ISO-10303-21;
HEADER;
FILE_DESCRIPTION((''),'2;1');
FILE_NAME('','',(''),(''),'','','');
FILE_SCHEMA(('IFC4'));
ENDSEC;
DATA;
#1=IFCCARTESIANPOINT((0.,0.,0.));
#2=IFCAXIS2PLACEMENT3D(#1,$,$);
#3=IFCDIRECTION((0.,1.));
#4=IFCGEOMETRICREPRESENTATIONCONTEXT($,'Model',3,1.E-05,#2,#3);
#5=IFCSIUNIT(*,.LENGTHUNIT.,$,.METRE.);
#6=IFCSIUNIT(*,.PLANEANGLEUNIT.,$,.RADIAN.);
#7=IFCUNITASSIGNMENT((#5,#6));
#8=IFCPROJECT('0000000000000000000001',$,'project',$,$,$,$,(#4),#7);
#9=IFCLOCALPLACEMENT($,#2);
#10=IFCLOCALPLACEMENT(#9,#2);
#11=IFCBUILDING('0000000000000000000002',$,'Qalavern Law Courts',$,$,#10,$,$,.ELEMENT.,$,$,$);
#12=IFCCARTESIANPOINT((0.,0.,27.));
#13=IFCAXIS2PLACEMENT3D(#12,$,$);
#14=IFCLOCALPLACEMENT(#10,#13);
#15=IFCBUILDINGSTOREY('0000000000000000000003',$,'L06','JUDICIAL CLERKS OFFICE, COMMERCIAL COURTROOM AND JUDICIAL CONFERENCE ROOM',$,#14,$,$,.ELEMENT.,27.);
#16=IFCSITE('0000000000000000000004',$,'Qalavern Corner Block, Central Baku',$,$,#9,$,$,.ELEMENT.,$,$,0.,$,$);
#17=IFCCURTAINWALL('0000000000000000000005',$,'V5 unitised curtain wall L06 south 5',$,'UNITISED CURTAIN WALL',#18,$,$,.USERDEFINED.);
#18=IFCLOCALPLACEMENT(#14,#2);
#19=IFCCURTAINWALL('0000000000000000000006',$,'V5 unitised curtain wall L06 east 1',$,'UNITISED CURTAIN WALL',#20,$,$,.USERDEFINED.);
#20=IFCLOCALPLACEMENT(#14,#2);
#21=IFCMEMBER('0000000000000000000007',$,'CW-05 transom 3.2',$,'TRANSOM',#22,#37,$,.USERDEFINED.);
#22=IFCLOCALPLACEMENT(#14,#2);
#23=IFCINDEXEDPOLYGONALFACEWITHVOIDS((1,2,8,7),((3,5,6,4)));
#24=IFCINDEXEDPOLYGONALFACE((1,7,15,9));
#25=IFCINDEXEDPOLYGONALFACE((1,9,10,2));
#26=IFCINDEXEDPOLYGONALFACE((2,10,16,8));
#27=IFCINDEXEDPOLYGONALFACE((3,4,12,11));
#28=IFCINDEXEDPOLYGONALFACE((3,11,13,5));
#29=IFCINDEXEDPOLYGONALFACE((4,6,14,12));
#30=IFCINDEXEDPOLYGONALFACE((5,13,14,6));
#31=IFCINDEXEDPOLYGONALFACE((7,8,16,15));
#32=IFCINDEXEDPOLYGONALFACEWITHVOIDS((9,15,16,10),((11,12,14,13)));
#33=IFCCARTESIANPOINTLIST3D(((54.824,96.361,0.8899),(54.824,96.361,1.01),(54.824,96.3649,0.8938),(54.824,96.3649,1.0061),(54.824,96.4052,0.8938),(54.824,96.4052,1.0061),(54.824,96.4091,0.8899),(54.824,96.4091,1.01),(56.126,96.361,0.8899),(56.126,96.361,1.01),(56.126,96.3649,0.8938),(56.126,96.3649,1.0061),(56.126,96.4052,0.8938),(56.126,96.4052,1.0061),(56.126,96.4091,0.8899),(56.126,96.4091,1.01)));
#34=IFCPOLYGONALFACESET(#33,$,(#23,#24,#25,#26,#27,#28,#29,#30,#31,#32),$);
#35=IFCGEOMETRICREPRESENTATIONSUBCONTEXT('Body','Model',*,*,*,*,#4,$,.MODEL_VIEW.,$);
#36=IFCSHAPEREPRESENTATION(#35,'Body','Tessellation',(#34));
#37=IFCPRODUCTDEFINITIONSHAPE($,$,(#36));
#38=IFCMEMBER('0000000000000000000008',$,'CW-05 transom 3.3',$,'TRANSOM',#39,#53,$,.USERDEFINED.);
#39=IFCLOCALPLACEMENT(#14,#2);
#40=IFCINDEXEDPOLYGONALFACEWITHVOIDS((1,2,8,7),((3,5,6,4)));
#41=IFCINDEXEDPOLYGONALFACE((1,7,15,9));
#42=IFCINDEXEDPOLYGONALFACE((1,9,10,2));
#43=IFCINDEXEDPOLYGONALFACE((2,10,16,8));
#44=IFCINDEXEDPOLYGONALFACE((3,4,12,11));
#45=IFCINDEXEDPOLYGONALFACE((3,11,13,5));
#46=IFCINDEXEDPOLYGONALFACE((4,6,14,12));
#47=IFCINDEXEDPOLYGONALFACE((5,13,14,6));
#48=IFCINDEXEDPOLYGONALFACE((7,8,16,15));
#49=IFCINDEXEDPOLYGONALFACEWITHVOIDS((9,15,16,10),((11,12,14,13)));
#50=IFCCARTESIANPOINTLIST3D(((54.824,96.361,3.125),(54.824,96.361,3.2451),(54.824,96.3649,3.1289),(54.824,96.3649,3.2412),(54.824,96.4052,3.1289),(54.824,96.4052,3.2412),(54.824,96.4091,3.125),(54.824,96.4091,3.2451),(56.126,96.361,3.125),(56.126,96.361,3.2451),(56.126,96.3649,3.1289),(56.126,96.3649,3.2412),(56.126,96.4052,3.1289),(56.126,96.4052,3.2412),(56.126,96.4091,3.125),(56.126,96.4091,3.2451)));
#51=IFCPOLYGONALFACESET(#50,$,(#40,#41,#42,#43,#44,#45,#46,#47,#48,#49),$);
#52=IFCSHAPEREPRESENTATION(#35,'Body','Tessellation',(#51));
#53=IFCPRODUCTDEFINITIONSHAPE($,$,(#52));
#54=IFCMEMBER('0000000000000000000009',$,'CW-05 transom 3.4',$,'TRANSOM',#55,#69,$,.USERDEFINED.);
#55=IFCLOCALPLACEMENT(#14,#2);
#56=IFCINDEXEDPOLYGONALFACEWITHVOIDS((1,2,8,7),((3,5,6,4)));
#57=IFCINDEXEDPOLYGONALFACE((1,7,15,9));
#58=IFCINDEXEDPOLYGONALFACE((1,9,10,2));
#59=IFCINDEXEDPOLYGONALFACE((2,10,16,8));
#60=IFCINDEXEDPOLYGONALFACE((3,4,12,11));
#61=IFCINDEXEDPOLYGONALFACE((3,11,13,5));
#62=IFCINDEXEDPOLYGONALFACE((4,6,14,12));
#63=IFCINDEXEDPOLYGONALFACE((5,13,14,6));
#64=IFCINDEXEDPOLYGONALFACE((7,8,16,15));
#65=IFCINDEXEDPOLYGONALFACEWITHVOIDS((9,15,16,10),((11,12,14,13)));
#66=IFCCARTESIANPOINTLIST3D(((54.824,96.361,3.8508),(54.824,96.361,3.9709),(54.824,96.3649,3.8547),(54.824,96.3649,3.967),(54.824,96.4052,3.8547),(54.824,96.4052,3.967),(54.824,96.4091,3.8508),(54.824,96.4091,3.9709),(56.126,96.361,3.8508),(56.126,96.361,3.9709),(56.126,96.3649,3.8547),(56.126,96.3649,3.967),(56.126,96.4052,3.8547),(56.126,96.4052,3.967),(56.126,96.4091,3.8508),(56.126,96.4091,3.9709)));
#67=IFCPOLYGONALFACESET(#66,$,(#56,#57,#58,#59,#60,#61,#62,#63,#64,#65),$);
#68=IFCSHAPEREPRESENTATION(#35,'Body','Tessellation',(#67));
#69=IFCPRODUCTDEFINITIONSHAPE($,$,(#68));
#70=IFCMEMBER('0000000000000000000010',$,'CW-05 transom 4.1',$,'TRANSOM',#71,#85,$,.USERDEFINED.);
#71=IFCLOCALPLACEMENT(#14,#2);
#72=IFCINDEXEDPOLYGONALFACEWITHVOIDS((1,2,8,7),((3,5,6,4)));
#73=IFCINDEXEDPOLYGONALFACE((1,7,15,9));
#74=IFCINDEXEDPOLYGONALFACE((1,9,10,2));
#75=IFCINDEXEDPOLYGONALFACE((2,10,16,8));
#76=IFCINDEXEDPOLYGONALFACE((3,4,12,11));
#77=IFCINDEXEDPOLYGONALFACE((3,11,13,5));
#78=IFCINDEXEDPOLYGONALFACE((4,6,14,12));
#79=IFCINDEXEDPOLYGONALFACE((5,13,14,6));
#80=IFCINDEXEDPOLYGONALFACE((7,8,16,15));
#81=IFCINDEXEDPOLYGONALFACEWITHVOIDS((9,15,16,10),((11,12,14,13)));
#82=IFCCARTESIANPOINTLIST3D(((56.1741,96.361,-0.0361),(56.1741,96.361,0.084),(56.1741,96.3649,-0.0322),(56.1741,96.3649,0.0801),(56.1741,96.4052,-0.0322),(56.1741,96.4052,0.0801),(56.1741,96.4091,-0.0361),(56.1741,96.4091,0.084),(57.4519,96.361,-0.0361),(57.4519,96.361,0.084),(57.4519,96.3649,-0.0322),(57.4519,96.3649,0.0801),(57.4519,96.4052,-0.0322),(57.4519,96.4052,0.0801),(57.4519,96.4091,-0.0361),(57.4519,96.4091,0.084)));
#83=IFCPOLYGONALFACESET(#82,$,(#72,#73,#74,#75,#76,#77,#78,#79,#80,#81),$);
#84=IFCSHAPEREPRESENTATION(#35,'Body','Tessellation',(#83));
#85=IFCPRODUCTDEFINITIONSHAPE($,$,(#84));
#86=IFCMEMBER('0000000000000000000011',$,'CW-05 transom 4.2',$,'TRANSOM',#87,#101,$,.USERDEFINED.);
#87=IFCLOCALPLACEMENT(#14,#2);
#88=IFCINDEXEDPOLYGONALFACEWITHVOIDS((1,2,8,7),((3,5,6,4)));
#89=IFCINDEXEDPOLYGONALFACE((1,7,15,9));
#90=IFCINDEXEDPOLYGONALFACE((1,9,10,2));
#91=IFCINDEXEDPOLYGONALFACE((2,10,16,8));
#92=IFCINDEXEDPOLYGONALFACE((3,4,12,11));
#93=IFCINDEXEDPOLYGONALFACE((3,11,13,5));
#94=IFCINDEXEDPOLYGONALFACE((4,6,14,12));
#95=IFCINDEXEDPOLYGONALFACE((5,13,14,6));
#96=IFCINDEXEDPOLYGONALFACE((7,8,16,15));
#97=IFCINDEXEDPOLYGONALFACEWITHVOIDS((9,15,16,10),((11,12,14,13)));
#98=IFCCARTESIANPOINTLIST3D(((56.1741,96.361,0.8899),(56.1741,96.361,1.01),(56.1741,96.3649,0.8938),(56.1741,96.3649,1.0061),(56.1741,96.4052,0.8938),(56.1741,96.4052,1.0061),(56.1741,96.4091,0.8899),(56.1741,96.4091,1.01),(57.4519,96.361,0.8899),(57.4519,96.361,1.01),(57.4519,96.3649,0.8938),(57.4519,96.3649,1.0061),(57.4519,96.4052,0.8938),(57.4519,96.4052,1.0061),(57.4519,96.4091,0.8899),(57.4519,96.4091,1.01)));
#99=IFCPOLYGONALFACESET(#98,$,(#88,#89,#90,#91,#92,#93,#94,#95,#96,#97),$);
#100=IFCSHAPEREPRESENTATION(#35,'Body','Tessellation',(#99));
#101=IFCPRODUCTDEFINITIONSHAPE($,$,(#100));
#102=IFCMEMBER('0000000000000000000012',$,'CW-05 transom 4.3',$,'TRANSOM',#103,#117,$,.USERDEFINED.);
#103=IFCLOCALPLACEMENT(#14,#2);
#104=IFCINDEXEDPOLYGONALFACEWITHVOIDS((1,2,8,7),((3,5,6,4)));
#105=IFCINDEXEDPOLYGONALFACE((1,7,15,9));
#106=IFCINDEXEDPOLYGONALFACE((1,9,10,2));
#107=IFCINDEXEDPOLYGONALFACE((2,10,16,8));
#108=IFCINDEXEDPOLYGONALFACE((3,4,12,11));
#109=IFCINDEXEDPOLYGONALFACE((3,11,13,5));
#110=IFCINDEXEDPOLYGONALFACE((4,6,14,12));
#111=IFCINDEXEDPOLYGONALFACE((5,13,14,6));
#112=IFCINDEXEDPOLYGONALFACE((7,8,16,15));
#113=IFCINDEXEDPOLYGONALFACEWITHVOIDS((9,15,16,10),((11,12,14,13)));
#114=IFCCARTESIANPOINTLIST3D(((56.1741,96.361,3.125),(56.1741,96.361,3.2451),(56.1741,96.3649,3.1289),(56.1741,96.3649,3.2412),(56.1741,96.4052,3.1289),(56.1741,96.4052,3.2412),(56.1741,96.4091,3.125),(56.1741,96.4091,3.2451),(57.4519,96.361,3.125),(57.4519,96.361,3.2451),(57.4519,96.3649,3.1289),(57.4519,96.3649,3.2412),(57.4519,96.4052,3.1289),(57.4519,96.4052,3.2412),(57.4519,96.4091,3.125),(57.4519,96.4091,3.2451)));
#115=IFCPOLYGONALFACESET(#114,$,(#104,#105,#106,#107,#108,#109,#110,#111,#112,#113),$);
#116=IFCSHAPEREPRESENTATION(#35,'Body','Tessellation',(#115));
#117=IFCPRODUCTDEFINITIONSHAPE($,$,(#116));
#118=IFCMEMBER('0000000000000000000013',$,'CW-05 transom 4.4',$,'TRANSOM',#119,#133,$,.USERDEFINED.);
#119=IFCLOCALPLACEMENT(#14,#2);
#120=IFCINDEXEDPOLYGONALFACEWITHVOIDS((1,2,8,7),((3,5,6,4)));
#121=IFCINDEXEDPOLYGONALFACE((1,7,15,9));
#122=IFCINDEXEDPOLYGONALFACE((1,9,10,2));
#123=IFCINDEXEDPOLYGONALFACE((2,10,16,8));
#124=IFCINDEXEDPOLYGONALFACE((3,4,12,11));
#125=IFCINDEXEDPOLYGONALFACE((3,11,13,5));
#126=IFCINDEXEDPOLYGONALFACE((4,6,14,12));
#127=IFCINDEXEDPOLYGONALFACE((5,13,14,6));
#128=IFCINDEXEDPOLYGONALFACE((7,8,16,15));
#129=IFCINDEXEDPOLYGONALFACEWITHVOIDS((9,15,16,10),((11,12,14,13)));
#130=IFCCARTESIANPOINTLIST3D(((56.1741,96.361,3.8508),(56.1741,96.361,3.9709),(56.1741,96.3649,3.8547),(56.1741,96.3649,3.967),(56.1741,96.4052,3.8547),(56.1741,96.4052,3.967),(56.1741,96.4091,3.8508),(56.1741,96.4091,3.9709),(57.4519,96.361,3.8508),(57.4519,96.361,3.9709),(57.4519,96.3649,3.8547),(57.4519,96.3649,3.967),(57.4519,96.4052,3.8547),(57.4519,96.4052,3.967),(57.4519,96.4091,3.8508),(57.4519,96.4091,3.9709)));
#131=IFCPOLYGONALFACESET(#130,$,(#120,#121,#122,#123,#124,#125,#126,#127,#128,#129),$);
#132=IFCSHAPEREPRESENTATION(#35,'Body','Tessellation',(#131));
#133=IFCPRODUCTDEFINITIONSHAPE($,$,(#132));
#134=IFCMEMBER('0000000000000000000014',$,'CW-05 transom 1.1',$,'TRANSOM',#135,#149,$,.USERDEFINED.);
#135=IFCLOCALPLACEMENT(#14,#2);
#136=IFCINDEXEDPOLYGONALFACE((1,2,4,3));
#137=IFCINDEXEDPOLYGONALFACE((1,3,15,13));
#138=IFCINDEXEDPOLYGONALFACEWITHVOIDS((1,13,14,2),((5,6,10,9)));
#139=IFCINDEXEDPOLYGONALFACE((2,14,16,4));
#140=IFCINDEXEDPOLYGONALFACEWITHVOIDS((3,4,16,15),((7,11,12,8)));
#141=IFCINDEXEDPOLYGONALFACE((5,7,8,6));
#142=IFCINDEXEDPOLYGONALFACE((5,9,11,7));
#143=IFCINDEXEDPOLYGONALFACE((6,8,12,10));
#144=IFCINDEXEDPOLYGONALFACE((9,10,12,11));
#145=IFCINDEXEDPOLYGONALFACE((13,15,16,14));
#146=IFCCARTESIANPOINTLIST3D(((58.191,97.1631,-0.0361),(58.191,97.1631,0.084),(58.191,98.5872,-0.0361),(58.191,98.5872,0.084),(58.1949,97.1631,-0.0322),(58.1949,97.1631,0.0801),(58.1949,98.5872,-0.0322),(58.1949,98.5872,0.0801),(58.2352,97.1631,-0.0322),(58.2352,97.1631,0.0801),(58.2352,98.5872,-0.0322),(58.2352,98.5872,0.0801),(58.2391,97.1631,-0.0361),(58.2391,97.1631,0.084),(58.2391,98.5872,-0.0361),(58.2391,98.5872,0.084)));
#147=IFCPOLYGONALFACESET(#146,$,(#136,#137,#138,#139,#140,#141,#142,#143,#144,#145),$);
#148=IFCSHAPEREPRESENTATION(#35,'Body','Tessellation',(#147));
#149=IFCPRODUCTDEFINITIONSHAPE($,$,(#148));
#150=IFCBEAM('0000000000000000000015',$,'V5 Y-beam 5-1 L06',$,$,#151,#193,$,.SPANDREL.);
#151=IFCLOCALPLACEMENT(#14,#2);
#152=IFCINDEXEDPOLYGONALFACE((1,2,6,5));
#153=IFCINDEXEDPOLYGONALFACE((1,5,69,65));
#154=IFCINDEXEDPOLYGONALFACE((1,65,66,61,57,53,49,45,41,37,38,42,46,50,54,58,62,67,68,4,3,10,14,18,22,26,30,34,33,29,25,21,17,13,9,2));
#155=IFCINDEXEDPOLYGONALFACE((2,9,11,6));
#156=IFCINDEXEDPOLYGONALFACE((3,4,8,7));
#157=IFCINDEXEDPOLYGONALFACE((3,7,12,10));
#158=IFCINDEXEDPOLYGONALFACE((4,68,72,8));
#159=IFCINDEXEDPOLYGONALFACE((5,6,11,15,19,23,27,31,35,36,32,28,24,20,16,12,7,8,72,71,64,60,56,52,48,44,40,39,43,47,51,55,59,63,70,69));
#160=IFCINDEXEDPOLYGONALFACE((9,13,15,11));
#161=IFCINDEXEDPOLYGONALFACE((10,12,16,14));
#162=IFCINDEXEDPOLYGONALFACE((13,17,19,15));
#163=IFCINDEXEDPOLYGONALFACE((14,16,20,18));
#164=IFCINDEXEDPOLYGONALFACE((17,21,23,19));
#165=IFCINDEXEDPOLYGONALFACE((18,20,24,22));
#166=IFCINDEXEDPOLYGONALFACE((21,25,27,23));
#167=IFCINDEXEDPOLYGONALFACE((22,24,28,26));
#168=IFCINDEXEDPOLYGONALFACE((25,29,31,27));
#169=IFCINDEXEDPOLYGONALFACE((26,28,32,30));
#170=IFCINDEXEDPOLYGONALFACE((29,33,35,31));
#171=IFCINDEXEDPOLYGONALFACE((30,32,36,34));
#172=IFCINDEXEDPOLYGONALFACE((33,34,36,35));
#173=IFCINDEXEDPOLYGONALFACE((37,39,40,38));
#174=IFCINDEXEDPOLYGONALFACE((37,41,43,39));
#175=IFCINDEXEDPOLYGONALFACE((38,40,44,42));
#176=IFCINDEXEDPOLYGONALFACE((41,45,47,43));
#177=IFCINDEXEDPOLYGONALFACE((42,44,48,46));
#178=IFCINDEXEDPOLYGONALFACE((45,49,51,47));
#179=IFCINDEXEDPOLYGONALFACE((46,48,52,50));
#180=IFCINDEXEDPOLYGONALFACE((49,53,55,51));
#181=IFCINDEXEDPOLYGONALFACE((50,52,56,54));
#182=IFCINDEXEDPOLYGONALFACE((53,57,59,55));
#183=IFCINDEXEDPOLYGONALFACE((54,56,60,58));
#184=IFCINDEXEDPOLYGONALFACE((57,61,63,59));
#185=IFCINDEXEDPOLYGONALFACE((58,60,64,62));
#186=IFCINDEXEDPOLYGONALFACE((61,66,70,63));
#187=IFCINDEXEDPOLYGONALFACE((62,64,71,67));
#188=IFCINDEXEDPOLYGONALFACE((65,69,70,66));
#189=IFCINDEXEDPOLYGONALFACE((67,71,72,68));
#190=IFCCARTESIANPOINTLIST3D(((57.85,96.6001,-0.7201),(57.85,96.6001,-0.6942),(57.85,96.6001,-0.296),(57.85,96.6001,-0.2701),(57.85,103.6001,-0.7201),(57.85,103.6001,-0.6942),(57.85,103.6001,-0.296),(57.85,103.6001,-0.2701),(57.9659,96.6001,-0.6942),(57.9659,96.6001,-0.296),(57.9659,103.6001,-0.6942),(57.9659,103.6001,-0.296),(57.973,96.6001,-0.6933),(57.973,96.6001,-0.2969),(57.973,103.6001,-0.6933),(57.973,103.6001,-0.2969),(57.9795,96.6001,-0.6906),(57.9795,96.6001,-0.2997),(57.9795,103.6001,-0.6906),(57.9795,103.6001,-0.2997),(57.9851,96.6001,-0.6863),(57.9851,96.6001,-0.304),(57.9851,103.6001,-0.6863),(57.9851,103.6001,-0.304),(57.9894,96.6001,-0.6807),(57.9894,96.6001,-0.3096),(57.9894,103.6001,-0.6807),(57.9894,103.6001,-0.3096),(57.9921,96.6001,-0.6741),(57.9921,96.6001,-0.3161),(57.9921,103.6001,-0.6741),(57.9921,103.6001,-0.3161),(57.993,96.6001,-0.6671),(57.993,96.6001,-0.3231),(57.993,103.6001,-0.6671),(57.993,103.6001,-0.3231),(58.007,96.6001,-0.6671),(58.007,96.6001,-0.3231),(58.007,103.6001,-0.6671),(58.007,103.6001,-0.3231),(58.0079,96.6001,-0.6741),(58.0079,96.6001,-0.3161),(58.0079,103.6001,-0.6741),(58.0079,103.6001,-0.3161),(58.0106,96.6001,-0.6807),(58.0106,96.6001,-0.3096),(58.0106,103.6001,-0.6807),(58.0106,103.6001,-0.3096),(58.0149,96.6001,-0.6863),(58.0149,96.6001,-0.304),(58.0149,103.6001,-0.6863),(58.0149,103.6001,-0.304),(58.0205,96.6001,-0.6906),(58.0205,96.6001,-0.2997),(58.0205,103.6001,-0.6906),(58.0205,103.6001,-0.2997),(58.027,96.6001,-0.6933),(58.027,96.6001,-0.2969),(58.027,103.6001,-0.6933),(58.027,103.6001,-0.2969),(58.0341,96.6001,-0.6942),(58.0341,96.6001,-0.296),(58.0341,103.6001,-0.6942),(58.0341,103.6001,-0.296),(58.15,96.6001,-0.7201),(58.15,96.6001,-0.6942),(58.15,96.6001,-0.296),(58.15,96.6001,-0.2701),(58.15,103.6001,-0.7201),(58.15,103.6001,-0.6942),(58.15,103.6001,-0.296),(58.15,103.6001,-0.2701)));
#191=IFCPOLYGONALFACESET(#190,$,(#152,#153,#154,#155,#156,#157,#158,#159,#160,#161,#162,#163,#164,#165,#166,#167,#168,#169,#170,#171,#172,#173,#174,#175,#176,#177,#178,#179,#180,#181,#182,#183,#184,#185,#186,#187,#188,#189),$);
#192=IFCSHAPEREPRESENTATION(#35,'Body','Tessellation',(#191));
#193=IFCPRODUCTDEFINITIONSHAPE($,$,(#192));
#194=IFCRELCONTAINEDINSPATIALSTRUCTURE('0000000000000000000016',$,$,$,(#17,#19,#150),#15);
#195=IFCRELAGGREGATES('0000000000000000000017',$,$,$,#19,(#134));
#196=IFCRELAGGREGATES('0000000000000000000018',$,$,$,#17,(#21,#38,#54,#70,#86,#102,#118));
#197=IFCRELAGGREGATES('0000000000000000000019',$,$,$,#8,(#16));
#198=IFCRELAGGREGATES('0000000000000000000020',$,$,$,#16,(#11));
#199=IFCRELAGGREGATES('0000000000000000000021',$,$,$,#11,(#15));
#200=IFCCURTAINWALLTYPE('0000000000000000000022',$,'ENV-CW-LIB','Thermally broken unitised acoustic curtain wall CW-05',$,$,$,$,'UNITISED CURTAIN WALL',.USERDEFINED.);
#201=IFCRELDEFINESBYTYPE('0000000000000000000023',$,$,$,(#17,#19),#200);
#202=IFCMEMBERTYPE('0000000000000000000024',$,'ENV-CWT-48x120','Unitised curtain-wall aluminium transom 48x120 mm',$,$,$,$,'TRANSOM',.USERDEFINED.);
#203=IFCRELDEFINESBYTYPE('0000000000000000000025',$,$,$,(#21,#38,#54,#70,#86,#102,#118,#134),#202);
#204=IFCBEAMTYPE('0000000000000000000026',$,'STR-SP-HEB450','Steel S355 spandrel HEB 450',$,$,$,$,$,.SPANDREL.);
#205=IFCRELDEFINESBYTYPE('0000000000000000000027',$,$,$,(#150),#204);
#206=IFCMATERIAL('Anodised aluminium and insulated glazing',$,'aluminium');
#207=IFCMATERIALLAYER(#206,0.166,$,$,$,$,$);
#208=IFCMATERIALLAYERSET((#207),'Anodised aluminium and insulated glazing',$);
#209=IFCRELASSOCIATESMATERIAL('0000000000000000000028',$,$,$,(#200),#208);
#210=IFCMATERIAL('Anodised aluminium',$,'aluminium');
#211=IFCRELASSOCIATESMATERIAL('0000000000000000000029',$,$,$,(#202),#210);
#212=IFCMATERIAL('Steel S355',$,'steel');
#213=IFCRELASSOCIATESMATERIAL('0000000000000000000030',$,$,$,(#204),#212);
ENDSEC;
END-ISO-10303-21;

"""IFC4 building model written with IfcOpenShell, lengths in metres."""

from ifc_helpers import new_model, si_unit, direction, frame, origin, origin_2d, place, context, subcontext, project, spatial, hollow_rectangle, i_section, extrude, material, layer, layer_set, material_profile, profile_set, type_object, element, aggregate, save


model = new_model("IFC4")

# Units and contexts
model_context = context("Model", 3, precision=1e-05, world=origin(), true_north=direction((0.0, 1.0)))
body_context = subcontext(model_context, "Body", "Model", "MODEL_VIEW")
ifc_project = project(units=[si_unit("LENGTHUNIT", "METRE"), si_unit("PLANEANGLEUNIT", "RADIAN")], contexts=[model_context])

# Site, building, storey
site_placement = place(None, origin())
site = spatial("IfcSite", under=ifc_project, at=site_placement, Name="Qalavern Corner Block, Central Baku", CompositionType="ELEMENT", RefElevation=0.0)
building_placement = place(site_placement, origin())
building = spatial("IfcBuilding", under=site, at=building_placement, Name="Qalavern Law Courts", CompositionType="ELEMENT")
storey_placement = place(building_placement, frame((0.0, 0.0, 27.0)))
storey = spatial("IfcBuildingStorey", under=building, at=storey_placement, Name="L06", Description="JUDICIAL CLERKS OFFICE, COMMERCIAL COURTROOM AND JUDICIAL CONFERENCE ROOM", CompositionType="ELEMENT", Elevation=27.0)

# Curtain wall
ifc_material_1 = material(Name="Anodised aluminium and insulated glazing", Category="aluminium")
ifc_layer_1 = layer(ifc_material_1, 0.166)
ifc_layer_set_1 = layer_set([ifc_layer_1], Name="Anodised aluminium and insulated glazing")
curtain_wall_type = type_object("IfcCurtainWallType", Name="ENV-CW-LIB", Description="Thermally broken unitised acoustic curtain wall CW-05", ElementType="UNITISED CURTAIN WALL", PredefinedType="USERDEFINED", material=ifc_layer_set_1)
curtain_wall_1_placement = place(storey_placement, origin())
curtain_wall_1 = element("IfcCurtainWall", 1, at=curtain_wall_1_placement, inside=storey, type_object=curtain_wall_type, Name="V5 unitised curtain wall L06 south 5", ObjectType="UNITISED CURTAIN WALL", PredefinedType="USERDEFINED")
ifc_material_2 = material(Name="Anodised aluminium", Category="aluminium")

# Curtain wall
curtain_wall_2_placement = place(storey_placement, origin())
curtain_wall_2 = element("IfcCurtainWall", 2, at=curtain_wall_2_placement, inside=storey, type_object=curtain_wall_type, Name="V5 unitised curtain wall L06 east 1", ObjectType="UNITISED CURTAIN WALL", PredefinedType="USERDEFINED")

# Members
ifc_material_profile_1 = material_profile(ifc_material_2, hollow_rectangle(XDim=0.0481, YDim=0.1201, WallThickness=0.0039, at=origin_2d()), Name="ALU TRANSOM 48x120")
ifc_profile_set_1 = profile_set([ifc_material_profile_1], Name="Anodised aluminium")
member_type_1 = type_object("IfcMemberType", Name="ENV-CWT-48x120", Description="Unitised curtain-wall aluminium transom 48x120 mm", ElementType="TRANSOM", PredefinedType="USERDEFINED", material=ifc_profile_set_1)
member_1_placement = place(storey_placement, frame((54.824, 96.385, 0.95), z_axis=(1.0, 0.0, 0.0), x_axis=(0.0, 1.0, 0.0)))
member_1 = element("IfcMember", 3, at=member_1_placement, type_object=member_type_1, Name="CW-05 transom 3.2", ObjectType="TRANSOM", PredefinedType="USERDEFINED", context=body_context, shape_type="SweptSolid", body=[
    extrude(hollow_rectangle(XDim=0.0481, YDim=0.1201, WallThickness=0.0039, at=origin_2d()), origin(), (0.0, 0.0, 1.0), 1.302),
])
member_2_placement = place(storey_placement, frame((54.824, 96.385, 3.1851), z_axis=(1.0, 0.0, 0.0), x_axis=(0.0, 1.0, 0.0)))
member_2 = element("IfcMember", 4, at=member_2_placement, type_object=member_type_1, Name="CW-05 transom 3.3", ObjectType="TRANSOM", PredefinedType="USERDEFINED", context=body_context, shape_type="SweptSolid", body=[
    extrude(hollow_rectangle(XDim=0.0481, YDim=0.1201, WallThickness=0.0039, at=origin_2d()), origin(), (0.0, 0.0, 1.0), 1.302),
])
member_3_placement = place(storey_placement, frame((54.824, 96.385, 3.9109), z_axis=(1.0, 0.0, 0.0), x_axis=(0.0, 1.0, 0.0)))
member_3 = element("IfcMember", 5, at=member_3_placement, type_object=member_type_1, Name="CW-05 transom 3.4", ObjectType="TRANSOM", PredefinedType="USERDEFINED", context=body_context, shape_type="SweptSolid", body=[
    extrude(hollow_rectangle(XDim=0.0481, YDim=0.1201, WallThickness=0.0039, at=origin_2d()), origin(), (0.0, 0.0, 1.0), 1.302),
])
member_4_placement = place(storey_placement, frame((56.1741, 96.385, 0.0239), z_axis=(1.0, 0.0, 0.0), x_axis=(0.0, 1.0, 0.0)))
member_4 = element("IfcMember", 6, at=member_4_placement, type_object=member_type_1, Name="CW-05 transom 4.1", ObjectType="TRANSOM", PredefinedType="USERDEFINED", context=body_context, shape_type="SweptSolid", body=[
    extrude(hollow_rectangle(XDim=0.0481, YDim=0.1201, WallThickness=0.0039, at=origin_2d()), origin(), (0.0, 0.0, 1.0), 1.2778),
])
member_5_placement = place(storey_placement, frame((56.1741, 96.385, 0.95), z_axis=(1.0, 0.0, 0.0), x_axis=(0.0, 1.0, 0.0)))
member_5 = element("IfcMember", 7, at=member_5_placement, type_object=member_type_1, Name="CW-05 transom 4.2", ObjectType="TRANSOM", PredefinedType="USERDEFINED", context=body_context, shape_type="SweptSolid", body=[
    extrude(hollow_rectangle(XDim=0.0481, YDim=0.1201, WallThickness=0.0039, at=origin_2d()), origin(), (0.0, 0.0, 1.0), 1.2778),
])
member_6_placement = place(storey_placement, frame((56.1741, 96.385, 3.1851), z_axis=(1.0, 0.0, 0.0), x_axis=(0.0, 1.0, 0.0)))
member_6 = element("IfcMember", 8, at=member_6_placement, type_object=member_type_1, Name="CW-05 transom 4.3", ObjectType="TRANSOM", PredefinedType="USERDEFINED", context=body_context, shape_type="SweptSolid", body=[
    extrude(hollow_rectangle(XDim=0.0481, YDim=0.1201, WallThickness=0.0039, at=origin_2d()), origin(), (0.0, 0.0, 1.0), 1.2778),
])
member_7_placement = place(storey_placement, frame((56.1741, 96.385, 3.9109), z_axis=(1.0, 0.0, 0.0), x_axis=(0.0, 1.0, 0.0)))
member_7 = element("IfcMember", 9, at=member_7_placement, type_object=member_type_1, Name="CW-05 transom 4.4", ObjectType="TRANSOM", PredefinedType="USERDEFINED", context=body_context, shape_type="SweptSolid", body=[
    extrude(hollow_rectangle(XDim=0.0481, YDim=0.1201, WallThickness=0.0039, at=origin_2d()), origin(), (0.0, 0.0, 1.0), 1.2778),
])
member_8_placement = place(storey_placement, frame((58.2151, 97.1631, 0.0239), z_axis=(0.0, 1.0, 0.0), x_axis=(-1.0, 0.0, 0.0)))
member_8 = element("IfcMember", 10, at=member_8_placement, type_object=member_type_1, Name="CW-05 transom 1.1", ObjectType="TRANSOM", PredefinedType="USERDEFINED", context=body_context, shape_type="SweptSolid", body=[
    extrude(hollow_rectangle(XDim=0.0481, YDim=0.1201, WallThickness=0.0039, at=origin_2d()), origin(), (0.0, 0.0, 1.0), 1.4241),
])
aggregate(curtain_wall_2, [member_8])

# Beam
ifc_material_3 = material(Name="Steel S355", Category="steel")
ifc_material_profile_2 = material_profile(ifc_material_3, i_section(OverallWidth=0.3, OverallDepth=0.45, WebThickness=0.0139, FlangeThickness=0.0259, FilletRadius=0.0271, at=origin_2d()), Name="HEB 450")
ifc_profile_set_2 = profile_set([ifc_material_profile_2], Name="Steel S355")
beam_type = type_object("IfcBeamType", Name="STR-SP-HEB450", Description="Steel S355 spandrel HEB 450", PredefinedType="SPANDREL", material=ifc_profile_set_2)
beam_placement = place(storey_placement, frame((58.0, 96.6001, -0.4951), z_axis=(0.0, 1.0, 0.0), x_axis=(-1.0, 0.0, 0.0)))
element("IfcBeam", 11, at=beam_placement, inside=storey, type_object=beam_type, Name="V5 Y-beam 5-1 L06", PredefinedType="SPANDREL", context=body_context, shape_type="SweptSolid", body=[
    extrude(i_section(OverallWidth=0.3, OverallDepth=0.45, WebThickness=0.0139, FlangeThickness=0.0259, FilletRadius=0.0271, at=origin_2d()), origin(), (0.0, 0.0, 1.0), 7.0),
])

aggregate(curtain_wall_1, [member_1, member_2, member_3, member_4, member_5, member_6, member_7])

save(model, "model.ifc")
